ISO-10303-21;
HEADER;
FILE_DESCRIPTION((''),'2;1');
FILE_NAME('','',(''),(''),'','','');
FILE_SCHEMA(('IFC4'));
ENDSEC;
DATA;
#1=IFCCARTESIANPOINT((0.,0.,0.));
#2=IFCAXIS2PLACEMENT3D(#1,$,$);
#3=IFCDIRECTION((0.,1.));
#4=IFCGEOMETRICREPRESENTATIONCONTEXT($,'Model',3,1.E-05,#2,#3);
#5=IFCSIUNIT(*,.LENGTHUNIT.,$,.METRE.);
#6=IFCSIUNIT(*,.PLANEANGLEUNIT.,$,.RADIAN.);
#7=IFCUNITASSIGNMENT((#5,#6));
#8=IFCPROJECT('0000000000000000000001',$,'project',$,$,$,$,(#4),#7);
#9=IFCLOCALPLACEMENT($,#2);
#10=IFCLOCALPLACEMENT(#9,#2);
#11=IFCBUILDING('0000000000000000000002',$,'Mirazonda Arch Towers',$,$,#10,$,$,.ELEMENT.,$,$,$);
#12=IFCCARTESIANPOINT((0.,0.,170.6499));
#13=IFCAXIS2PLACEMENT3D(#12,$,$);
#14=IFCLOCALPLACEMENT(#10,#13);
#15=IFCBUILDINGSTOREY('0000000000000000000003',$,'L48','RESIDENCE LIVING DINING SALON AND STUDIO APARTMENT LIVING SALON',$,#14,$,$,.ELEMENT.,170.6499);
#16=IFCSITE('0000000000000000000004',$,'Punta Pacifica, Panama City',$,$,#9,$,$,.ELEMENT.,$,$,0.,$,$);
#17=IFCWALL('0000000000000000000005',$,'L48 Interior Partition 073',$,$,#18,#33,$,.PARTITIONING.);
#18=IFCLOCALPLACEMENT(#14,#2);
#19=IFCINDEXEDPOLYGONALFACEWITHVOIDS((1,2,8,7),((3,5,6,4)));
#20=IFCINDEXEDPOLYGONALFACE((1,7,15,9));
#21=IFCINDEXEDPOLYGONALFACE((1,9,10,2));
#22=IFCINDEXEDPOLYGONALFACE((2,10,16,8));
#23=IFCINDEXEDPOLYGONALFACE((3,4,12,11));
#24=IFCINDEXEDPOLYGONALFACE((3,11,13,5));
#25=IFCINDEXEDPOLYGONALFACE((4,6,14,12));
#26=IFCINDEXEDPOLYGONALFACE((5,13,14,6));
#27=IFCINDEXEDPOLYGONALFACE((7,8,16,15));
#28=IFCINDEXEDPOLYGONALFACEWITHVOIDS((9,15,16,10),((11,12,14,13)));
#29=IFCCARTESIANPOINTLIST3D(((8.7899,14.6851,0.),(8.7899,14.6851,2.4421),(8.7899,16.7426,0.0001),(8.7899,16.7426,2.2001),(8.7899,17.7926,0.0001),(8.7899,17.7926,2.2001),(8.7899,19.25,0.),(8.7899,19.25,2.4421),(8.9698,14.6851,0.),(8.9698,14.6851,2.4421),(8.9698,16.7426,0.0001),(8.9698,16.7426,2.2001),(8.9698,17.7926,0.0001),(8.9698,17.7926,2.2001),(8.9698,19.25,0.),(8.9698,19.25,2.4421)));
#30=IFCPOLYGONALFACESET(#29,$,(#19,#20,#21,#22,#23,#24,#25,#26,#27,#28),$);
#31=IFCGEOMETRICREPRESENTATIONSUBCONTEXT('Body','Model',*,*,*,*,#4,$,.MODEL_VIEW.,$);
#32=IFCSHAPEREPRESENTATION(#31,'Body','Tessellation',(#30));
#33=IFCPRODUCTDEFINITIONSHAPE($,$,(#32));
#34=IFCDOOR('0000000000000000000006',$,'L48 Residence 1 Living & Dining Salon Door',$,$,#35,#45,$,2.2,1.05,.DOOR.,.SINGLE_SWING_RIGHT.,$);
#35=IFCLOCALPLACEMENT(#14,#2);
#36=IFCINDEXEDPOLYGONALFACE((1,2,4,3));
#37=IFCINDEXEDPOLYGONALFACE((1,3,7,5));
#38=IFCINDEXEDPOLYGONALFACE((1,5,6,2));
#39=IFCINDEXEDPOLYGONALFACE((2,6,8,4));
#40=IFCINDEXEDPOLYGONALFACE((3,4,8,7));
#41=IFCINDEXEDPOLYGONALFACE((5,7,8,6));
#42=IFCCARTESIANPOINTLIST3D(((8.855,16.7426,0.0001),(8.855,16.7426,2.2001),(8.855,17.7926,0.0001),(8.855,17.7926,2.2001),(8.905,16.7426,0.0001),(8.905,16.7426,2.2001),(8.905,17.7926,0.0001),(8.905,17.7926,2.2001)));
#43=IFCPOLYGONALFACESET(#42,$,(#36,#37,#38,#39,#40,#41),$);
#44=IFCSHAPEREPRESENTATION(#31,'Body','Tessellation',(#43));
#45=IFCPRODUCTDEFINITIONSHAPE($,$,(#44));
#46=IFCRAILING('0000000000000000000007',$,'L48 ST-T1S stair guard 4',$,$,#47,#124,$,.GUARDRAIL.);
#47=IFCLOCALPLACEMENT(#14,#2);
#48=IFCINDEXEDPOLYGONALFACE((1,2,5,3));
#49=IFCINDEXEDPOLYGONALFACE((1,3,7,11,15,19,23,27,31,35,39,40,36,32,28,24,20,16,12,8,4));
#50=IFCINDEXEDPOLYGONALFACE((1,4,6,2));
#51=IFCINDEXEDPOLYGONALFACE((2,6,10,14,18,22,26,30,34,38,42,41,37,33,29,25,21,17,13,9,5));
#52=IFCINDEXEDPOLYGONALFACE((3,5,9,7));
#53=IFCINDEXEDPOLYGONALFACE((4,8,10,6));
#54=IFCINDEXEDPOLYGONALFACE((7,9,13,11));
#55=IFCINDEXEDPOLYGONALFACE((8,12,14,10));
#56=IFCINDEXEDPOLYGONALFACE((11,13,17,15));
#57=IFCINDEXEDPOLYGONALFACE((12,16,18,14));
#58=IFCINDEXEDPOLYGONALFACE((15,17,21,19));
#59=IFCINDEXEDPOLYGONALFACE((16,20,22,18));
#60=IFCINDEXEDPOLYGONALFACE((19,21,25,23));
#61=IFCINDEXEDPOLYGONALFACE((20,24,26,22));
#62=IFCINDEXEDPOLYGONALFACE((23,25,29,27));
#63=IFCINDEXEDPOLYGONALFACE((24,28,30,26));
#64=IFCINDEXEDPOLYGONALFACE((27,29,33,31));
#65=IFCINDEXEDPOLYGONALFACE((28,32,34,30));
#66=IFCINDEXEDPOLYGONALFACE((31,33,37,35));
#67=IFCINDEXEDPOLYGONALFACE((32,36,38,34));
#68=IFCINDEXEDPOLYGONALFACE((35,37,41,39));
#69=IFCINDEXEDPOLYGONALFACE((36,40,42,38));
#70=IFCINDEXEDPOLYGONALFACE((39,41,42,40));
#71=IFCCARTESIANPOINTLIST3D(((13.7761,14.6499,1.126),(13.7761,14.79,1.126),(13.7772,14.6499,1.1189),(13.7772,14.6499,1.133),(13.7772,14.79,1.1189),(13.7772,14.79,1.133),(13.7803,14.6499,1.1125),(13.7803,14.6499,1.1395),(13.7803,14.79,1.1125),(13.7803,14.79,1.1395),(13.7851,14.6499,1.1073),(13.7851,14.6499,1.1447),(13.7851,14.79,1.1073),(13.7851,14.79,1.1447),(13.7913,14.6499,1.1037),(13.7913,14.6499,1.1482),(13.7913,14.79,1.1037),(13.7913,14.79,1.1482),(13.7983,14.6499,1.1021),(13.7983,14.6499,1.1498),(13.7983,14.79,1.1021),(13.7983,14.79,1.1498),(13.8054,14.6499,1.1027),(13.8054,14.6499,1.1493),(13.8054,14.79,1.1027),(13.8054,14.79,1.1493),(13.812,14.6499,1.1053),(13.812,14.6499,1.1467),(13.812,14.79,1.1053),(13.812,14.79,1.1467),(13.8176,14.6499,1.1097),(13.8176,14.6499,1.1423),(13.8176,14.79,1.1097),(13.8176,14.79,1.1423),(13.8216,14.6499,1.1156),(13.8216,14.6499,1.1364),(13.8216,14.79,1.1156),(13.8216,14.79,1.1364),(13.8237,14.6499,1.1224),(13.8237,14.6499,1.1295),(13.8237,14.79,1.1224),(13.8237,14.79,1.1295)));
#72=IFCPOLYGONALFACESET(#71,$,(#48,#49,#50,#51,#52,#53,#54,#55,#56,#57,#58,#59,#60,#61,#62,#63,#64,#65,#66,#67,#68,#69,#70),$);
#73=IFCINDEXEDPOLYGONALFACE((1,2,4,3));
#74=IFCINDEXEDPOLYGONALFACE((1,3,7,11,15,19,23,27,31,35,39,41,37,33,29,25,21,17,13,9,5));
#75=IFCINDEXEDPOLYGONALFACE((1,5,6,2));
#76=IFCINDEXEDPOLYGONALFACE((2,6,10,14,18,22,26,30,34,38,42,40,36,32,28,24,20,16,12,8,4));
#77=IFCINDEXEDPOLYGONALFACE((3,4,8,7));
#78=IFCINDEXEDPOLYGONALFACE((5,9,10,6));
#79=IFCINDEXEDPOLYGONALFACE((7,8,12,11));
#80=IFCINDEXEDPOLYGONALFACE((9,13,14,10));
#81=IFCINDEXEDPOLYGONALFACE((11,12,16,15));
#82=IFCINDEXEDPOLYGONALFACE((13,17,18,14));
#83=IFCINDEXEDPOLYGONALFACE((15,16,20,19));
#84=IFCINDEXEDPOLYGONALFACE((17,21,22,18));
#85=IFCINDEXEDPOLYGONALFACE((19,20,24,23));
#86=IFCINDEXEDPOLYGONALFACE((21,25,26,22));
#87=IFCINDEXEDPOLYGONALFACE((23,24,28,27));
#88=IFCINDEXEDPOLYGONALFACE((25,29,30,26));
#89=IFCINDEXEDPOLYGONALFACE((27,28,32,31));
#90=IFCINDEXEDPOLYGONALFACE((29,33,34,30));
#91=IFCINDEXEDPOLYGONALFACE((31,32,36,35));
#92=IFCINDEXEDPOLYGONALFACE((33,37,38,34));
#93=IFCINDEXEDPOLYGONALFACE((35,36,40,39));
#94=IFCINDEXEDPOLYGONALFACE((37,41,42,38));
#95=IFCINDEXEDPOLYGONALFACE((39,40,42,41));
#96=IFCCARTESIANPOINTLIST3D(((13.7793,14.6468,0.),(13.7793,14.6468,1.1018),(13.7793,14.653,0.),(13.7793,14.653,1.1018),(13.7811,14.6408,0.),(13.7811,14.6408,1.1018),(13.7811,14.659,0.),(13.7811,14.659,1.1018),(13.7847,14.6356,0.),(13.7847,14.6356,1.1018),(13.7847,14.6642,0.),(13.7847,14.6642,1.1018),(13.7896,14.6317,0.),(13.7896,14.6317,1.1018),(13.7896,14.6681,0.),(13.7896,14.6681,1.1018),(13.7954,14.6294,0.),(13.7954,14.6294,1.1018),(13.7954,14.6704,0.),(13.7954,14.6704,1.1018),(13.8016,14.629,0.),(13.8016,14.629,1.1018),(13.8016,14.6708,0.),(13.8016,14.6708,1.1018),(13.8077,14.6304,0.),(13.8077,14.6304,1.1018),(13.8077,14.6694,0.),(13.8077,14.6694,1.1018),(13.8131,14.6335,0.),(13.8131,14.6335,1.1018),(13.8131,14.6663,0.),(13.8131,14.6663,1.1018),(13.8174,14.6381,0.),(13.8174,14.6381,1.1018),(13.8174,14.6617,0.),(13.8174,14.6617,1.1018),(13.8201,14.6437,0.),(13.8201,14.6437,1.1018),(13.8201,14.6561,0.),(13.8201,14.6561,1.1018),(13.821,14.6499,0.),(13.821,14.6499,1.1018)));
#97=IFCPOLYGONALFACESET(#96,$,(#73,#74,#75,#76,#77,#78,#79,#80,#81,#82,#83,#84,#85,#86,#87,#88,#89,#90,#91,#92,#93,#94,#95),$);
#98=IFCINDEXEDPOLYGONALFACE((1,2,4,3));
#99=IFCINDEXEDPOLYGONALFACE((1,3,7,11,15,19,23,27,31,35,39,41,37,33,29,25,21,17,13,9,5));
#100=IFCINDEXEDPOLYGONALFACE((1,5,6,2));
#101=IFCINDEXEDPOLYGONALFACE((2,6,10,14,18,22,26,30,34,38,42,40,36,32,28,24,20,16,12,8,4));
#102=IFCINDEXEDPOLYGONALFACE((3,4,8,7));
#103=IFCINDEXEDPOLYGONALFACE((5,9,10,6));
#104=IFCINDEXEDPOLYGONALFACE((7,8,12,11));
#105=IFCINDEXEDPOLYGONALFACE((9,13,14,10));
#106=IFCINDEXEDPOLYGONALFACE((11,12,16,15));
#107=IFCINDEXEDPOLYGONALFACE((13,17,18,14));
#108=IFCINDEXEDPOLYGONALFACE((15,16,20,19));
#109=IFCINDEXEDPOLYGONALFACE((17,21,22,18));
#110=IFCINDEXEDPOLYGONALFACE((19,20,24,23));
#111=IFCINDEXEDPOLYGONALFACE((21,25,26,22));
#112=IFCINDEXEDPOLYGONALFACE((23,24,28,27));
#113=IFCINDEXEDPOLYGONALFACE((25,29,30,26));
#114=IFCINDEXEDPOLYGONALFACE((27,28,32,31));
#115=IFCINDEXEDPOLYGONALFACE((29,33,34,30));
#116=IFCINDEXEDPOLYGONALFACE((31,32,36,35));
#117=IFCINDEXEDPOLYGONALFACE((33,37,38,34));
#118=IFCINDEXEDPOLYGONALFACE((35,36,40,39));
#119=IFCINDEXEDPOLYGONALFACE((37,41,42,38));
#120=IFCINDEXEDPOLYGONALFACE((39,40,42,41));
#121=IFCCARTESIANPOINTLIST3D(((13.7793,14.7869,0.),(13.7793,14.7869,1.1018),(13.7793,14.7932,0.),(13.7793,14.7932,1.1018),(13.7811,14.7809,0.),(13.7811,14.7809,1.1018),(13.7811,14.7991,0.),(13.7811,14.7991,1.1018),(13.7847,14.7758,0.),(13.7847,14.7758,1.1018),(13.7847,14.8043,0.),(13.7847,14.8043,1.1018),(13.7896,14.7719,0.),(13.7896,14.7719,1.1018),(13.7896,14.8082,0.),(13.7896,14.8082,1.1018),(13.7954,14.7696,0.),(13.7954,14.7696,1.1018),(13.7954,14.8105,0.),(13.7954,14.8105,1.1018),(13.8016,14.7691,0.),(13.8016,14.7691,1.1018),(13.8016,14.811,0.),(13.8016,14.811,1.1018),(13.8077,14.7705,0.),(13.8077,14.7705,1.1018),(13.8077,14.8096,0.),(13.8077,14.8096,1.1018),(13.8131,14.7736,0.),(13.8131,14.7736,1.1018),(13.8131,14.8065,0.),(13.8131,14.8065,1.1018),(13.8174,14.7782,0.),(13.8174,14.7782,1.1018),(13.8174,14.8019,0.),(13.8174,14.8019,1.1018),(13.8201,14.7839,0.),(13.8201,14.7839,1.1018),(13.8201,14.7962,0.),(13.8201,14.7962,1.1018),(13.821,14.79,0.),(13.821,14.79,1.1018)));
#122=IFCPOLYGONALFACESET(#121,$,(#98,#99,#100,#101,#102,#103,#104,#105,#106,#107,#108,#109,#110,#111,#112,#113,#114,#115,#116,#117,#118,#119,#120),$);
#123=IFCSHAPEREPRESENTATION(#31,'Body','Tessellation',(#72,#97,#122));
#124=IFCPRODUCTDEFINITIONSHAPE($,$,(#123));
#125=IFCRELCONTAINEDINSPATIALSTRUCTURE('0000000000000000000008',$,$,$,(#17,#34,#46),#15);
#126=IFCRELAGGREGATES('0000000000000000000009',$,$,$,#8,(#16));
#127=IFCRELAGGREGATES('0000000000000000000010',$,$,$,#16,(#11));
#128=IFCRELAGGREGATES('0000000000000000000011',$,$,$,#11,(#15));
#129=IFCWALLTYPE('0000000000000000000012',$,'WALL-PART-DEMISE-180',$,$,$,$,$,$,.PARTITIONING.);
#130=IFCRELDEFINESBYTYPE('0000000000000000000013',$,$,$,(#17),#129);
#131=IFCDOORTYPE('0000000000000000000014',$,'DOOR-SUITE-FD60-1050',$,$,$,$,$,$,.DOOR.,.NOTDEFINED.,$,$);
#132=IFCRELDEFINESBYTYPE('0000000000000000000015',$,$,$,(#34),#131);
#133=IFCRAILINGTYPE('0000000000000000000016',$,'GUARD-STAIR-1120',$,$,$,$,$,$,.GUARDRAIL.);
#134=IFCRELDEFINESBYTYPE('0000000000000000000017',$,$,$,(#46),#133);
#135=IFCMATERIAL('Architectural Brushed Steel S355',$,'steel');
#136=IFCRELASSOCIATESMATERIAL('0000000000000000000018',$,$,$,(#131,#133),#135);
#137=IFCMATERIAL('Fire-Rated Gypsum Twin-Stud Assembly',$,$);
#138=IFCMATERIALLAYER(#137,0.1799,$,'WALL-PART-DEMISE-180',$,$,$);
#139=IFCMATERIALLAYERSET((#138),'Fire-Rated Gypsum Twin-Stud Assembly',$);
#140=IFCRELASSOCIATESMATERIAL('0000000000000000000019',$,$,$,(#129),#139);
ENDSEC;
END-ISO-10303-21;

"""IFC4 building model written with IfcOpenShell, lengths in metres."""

from ifc_helpers import new_model, si_unit, direction, frame, frame_2d, origin, origin_2d, place, context, subcontext, project, spatial, rectangle, circle, extrude, material, layer, layer_set, type_object, element, fill, save


model = new_model("IFC4")

# Units and contexts
model_context = context("Model", 3, precision=1e-05, world=origin(), true_north=direction((0.0, 1.0)))
body_context = subcontext(model_context, "Body", "Model", "MODEL_VIEW")
ifc_project = project(units=[si_unit("LENGTHUNIT", "METRE"), si_unit("PLANEANGLEUNIT", "RADIAN")], contexts=[model_context])

# Site, building, storey
site_placement = place(None, origin())
site = spatial("IfcSite", under=ifc_project, at=site_placement, Name="Punta Pacifica, Panama City", CompositionType="ELEMENT", RefElevation=0.0)
building_placement = place(site_placement, origin())
building = spatial("IfcBuilding", under=site, at=building_placement, Name="Mirazonda Arch Towers", CompositionType="ELEMENT")
storey_placement = place(building_placement, frame((0.0, 0.0, 170.6499)))
storey = spatial("IfcBuildingStorey", under=building, at=storey_placement, Name="L48", Description="RESIDENCE LIVING DINING SALON AND STUDIO APARTMENT LIVING SALON", CompositionType="ELEMENT", Elevation=170.6499)

# Shared definitions
ifc_material_1 = material(Name="Architectural Brushed Steel S355", Category="steel")
door_type_1 = type_object("IfcDoorType", Name="DOOR-SUITE-FD60-1050", OperationType="NOTDEFINED", PredefinedType="DOOR", material=ifc_material_1)

# Shared definitions
ifc_material_2 = material(Name="Fire-Rated Gypsum Twin-Stud Assembly")
ifc_layer_1 = layer(ifc_material_2, 0.1799, Name="WALL-PART-DEMISE-180")
ifc_layer_set_1 = layer_set([ifc_layer_1], Name="Fire-Rated Gypsum Twin-Stud Assembly")
wall_type_1 = type_object("IfcWallType", Name="WALL-PART-DEMISE-180", PredefinedType="PARTITIONING", material=ifc_layer_set_1)

# Wall, opening, door
wall_1_placement = place(storey_placement, frame((8.8799, 14.6851, 0.0), z_axis=(0.0, 0.0, 1.0), x_axis=(0.0, 1.0, 0.0)))
wall_1 = element("IfcWall", 1, at=wall_1_placement, inside=storey, type_object=wall_type_1, Name="L48 Interior Partition 073", PredefinedType="PARTITIONING", context=body_context, shape_type="SweptSolid", body=[
    extrude(rectangle(XDim=4.5649, YDim=0.1799, at=frame_2d((2.2825, 0.0))), origin(), (0.0, 0.0, 1.0), 2.4421),
])
opening_1_placement = place(wall_1_placement, frame((2.0576, 0.0, 0.0)))
opening_1 = element("IfcOpeningElement", 2, at=opening_1_placement, cuts=wall_1, PredefinedType="OPENING", context=body_context, shape_type="SweptSolid", body=[
    extrude(rectangle(XDim=1.05, YDim=2.2, at=frame_2d((0.5249, 1.1001))), frame((0.0, 0.0999, 0.0), z_axis=(0.0, -1.0, 0.0), x_axis=(1.0, 0.0, 0.0)), (0.0, 0.0, 1.0), 0.2),
])
door_1_placement = place(opening_1_placement, origin())
door_1 = element("IfcDoor", 3, at=door_1_placement, inside=storey, type_object=door_type_1, Name="L48 Residence 1 Living & Dining Salon Door", OperationType="SINGLE_SWING_RIGHT", OverallHeight=2.2, OverallWidth=1.05, PredefinedType="DOOR", context=body_context, shape_type="SweptSolid", body=[
    extrude(rectangle(XDim=1.05, YDim=2.2, at=frame_2d((0.5249, 1.1001))), frame((0.0, 0.0249, 0.0), z_axis=(0.0, -1.0, 0.0), x_axis=(1.0, 0.0, 0.0)), (0.0, 0.0, 1.0), 0.05),
])
fill(opening_1, door_1)

# Railing
railing_type = type_object("IfcRailingType", Name="GUARD-STAIR-1120", PredefinedType="GUARDRAIL", material=ifc_material_1)
railing_placement = place(storey_placement, frame((13.8, 14.6499, 0.0)))
element("IfcRailing", 4, at=railing_placement, inside=storey, type_object=railing_type, Name="L48 ST-T1S stair guard 4", PredefinedType="GUARDRAIL", context=body_context, shape_type="SweptSolid", body=[
    extrude(circle(Radius=0.0239, at=origin_2d()), frame((0.0, 0.0, 1.126), z_axis=(0.0, 1.0, 0.0), x_axis=(-1.0, 0.0, 0.0)), (0.0, 0.0, 1.0), 0.1401),
    extrude(circle(Radius=0.021, at=origin_2d()), origin(), (0.0, 0.0, 1.0), 1.1018),
    extrude(circle(Radius=0.021, at=origin_2d()), frame((0.0, 0.1401, 0.0)), (0.0, 0.0, 1.0), 1.1018),
])

save(model, "model.ifc")
